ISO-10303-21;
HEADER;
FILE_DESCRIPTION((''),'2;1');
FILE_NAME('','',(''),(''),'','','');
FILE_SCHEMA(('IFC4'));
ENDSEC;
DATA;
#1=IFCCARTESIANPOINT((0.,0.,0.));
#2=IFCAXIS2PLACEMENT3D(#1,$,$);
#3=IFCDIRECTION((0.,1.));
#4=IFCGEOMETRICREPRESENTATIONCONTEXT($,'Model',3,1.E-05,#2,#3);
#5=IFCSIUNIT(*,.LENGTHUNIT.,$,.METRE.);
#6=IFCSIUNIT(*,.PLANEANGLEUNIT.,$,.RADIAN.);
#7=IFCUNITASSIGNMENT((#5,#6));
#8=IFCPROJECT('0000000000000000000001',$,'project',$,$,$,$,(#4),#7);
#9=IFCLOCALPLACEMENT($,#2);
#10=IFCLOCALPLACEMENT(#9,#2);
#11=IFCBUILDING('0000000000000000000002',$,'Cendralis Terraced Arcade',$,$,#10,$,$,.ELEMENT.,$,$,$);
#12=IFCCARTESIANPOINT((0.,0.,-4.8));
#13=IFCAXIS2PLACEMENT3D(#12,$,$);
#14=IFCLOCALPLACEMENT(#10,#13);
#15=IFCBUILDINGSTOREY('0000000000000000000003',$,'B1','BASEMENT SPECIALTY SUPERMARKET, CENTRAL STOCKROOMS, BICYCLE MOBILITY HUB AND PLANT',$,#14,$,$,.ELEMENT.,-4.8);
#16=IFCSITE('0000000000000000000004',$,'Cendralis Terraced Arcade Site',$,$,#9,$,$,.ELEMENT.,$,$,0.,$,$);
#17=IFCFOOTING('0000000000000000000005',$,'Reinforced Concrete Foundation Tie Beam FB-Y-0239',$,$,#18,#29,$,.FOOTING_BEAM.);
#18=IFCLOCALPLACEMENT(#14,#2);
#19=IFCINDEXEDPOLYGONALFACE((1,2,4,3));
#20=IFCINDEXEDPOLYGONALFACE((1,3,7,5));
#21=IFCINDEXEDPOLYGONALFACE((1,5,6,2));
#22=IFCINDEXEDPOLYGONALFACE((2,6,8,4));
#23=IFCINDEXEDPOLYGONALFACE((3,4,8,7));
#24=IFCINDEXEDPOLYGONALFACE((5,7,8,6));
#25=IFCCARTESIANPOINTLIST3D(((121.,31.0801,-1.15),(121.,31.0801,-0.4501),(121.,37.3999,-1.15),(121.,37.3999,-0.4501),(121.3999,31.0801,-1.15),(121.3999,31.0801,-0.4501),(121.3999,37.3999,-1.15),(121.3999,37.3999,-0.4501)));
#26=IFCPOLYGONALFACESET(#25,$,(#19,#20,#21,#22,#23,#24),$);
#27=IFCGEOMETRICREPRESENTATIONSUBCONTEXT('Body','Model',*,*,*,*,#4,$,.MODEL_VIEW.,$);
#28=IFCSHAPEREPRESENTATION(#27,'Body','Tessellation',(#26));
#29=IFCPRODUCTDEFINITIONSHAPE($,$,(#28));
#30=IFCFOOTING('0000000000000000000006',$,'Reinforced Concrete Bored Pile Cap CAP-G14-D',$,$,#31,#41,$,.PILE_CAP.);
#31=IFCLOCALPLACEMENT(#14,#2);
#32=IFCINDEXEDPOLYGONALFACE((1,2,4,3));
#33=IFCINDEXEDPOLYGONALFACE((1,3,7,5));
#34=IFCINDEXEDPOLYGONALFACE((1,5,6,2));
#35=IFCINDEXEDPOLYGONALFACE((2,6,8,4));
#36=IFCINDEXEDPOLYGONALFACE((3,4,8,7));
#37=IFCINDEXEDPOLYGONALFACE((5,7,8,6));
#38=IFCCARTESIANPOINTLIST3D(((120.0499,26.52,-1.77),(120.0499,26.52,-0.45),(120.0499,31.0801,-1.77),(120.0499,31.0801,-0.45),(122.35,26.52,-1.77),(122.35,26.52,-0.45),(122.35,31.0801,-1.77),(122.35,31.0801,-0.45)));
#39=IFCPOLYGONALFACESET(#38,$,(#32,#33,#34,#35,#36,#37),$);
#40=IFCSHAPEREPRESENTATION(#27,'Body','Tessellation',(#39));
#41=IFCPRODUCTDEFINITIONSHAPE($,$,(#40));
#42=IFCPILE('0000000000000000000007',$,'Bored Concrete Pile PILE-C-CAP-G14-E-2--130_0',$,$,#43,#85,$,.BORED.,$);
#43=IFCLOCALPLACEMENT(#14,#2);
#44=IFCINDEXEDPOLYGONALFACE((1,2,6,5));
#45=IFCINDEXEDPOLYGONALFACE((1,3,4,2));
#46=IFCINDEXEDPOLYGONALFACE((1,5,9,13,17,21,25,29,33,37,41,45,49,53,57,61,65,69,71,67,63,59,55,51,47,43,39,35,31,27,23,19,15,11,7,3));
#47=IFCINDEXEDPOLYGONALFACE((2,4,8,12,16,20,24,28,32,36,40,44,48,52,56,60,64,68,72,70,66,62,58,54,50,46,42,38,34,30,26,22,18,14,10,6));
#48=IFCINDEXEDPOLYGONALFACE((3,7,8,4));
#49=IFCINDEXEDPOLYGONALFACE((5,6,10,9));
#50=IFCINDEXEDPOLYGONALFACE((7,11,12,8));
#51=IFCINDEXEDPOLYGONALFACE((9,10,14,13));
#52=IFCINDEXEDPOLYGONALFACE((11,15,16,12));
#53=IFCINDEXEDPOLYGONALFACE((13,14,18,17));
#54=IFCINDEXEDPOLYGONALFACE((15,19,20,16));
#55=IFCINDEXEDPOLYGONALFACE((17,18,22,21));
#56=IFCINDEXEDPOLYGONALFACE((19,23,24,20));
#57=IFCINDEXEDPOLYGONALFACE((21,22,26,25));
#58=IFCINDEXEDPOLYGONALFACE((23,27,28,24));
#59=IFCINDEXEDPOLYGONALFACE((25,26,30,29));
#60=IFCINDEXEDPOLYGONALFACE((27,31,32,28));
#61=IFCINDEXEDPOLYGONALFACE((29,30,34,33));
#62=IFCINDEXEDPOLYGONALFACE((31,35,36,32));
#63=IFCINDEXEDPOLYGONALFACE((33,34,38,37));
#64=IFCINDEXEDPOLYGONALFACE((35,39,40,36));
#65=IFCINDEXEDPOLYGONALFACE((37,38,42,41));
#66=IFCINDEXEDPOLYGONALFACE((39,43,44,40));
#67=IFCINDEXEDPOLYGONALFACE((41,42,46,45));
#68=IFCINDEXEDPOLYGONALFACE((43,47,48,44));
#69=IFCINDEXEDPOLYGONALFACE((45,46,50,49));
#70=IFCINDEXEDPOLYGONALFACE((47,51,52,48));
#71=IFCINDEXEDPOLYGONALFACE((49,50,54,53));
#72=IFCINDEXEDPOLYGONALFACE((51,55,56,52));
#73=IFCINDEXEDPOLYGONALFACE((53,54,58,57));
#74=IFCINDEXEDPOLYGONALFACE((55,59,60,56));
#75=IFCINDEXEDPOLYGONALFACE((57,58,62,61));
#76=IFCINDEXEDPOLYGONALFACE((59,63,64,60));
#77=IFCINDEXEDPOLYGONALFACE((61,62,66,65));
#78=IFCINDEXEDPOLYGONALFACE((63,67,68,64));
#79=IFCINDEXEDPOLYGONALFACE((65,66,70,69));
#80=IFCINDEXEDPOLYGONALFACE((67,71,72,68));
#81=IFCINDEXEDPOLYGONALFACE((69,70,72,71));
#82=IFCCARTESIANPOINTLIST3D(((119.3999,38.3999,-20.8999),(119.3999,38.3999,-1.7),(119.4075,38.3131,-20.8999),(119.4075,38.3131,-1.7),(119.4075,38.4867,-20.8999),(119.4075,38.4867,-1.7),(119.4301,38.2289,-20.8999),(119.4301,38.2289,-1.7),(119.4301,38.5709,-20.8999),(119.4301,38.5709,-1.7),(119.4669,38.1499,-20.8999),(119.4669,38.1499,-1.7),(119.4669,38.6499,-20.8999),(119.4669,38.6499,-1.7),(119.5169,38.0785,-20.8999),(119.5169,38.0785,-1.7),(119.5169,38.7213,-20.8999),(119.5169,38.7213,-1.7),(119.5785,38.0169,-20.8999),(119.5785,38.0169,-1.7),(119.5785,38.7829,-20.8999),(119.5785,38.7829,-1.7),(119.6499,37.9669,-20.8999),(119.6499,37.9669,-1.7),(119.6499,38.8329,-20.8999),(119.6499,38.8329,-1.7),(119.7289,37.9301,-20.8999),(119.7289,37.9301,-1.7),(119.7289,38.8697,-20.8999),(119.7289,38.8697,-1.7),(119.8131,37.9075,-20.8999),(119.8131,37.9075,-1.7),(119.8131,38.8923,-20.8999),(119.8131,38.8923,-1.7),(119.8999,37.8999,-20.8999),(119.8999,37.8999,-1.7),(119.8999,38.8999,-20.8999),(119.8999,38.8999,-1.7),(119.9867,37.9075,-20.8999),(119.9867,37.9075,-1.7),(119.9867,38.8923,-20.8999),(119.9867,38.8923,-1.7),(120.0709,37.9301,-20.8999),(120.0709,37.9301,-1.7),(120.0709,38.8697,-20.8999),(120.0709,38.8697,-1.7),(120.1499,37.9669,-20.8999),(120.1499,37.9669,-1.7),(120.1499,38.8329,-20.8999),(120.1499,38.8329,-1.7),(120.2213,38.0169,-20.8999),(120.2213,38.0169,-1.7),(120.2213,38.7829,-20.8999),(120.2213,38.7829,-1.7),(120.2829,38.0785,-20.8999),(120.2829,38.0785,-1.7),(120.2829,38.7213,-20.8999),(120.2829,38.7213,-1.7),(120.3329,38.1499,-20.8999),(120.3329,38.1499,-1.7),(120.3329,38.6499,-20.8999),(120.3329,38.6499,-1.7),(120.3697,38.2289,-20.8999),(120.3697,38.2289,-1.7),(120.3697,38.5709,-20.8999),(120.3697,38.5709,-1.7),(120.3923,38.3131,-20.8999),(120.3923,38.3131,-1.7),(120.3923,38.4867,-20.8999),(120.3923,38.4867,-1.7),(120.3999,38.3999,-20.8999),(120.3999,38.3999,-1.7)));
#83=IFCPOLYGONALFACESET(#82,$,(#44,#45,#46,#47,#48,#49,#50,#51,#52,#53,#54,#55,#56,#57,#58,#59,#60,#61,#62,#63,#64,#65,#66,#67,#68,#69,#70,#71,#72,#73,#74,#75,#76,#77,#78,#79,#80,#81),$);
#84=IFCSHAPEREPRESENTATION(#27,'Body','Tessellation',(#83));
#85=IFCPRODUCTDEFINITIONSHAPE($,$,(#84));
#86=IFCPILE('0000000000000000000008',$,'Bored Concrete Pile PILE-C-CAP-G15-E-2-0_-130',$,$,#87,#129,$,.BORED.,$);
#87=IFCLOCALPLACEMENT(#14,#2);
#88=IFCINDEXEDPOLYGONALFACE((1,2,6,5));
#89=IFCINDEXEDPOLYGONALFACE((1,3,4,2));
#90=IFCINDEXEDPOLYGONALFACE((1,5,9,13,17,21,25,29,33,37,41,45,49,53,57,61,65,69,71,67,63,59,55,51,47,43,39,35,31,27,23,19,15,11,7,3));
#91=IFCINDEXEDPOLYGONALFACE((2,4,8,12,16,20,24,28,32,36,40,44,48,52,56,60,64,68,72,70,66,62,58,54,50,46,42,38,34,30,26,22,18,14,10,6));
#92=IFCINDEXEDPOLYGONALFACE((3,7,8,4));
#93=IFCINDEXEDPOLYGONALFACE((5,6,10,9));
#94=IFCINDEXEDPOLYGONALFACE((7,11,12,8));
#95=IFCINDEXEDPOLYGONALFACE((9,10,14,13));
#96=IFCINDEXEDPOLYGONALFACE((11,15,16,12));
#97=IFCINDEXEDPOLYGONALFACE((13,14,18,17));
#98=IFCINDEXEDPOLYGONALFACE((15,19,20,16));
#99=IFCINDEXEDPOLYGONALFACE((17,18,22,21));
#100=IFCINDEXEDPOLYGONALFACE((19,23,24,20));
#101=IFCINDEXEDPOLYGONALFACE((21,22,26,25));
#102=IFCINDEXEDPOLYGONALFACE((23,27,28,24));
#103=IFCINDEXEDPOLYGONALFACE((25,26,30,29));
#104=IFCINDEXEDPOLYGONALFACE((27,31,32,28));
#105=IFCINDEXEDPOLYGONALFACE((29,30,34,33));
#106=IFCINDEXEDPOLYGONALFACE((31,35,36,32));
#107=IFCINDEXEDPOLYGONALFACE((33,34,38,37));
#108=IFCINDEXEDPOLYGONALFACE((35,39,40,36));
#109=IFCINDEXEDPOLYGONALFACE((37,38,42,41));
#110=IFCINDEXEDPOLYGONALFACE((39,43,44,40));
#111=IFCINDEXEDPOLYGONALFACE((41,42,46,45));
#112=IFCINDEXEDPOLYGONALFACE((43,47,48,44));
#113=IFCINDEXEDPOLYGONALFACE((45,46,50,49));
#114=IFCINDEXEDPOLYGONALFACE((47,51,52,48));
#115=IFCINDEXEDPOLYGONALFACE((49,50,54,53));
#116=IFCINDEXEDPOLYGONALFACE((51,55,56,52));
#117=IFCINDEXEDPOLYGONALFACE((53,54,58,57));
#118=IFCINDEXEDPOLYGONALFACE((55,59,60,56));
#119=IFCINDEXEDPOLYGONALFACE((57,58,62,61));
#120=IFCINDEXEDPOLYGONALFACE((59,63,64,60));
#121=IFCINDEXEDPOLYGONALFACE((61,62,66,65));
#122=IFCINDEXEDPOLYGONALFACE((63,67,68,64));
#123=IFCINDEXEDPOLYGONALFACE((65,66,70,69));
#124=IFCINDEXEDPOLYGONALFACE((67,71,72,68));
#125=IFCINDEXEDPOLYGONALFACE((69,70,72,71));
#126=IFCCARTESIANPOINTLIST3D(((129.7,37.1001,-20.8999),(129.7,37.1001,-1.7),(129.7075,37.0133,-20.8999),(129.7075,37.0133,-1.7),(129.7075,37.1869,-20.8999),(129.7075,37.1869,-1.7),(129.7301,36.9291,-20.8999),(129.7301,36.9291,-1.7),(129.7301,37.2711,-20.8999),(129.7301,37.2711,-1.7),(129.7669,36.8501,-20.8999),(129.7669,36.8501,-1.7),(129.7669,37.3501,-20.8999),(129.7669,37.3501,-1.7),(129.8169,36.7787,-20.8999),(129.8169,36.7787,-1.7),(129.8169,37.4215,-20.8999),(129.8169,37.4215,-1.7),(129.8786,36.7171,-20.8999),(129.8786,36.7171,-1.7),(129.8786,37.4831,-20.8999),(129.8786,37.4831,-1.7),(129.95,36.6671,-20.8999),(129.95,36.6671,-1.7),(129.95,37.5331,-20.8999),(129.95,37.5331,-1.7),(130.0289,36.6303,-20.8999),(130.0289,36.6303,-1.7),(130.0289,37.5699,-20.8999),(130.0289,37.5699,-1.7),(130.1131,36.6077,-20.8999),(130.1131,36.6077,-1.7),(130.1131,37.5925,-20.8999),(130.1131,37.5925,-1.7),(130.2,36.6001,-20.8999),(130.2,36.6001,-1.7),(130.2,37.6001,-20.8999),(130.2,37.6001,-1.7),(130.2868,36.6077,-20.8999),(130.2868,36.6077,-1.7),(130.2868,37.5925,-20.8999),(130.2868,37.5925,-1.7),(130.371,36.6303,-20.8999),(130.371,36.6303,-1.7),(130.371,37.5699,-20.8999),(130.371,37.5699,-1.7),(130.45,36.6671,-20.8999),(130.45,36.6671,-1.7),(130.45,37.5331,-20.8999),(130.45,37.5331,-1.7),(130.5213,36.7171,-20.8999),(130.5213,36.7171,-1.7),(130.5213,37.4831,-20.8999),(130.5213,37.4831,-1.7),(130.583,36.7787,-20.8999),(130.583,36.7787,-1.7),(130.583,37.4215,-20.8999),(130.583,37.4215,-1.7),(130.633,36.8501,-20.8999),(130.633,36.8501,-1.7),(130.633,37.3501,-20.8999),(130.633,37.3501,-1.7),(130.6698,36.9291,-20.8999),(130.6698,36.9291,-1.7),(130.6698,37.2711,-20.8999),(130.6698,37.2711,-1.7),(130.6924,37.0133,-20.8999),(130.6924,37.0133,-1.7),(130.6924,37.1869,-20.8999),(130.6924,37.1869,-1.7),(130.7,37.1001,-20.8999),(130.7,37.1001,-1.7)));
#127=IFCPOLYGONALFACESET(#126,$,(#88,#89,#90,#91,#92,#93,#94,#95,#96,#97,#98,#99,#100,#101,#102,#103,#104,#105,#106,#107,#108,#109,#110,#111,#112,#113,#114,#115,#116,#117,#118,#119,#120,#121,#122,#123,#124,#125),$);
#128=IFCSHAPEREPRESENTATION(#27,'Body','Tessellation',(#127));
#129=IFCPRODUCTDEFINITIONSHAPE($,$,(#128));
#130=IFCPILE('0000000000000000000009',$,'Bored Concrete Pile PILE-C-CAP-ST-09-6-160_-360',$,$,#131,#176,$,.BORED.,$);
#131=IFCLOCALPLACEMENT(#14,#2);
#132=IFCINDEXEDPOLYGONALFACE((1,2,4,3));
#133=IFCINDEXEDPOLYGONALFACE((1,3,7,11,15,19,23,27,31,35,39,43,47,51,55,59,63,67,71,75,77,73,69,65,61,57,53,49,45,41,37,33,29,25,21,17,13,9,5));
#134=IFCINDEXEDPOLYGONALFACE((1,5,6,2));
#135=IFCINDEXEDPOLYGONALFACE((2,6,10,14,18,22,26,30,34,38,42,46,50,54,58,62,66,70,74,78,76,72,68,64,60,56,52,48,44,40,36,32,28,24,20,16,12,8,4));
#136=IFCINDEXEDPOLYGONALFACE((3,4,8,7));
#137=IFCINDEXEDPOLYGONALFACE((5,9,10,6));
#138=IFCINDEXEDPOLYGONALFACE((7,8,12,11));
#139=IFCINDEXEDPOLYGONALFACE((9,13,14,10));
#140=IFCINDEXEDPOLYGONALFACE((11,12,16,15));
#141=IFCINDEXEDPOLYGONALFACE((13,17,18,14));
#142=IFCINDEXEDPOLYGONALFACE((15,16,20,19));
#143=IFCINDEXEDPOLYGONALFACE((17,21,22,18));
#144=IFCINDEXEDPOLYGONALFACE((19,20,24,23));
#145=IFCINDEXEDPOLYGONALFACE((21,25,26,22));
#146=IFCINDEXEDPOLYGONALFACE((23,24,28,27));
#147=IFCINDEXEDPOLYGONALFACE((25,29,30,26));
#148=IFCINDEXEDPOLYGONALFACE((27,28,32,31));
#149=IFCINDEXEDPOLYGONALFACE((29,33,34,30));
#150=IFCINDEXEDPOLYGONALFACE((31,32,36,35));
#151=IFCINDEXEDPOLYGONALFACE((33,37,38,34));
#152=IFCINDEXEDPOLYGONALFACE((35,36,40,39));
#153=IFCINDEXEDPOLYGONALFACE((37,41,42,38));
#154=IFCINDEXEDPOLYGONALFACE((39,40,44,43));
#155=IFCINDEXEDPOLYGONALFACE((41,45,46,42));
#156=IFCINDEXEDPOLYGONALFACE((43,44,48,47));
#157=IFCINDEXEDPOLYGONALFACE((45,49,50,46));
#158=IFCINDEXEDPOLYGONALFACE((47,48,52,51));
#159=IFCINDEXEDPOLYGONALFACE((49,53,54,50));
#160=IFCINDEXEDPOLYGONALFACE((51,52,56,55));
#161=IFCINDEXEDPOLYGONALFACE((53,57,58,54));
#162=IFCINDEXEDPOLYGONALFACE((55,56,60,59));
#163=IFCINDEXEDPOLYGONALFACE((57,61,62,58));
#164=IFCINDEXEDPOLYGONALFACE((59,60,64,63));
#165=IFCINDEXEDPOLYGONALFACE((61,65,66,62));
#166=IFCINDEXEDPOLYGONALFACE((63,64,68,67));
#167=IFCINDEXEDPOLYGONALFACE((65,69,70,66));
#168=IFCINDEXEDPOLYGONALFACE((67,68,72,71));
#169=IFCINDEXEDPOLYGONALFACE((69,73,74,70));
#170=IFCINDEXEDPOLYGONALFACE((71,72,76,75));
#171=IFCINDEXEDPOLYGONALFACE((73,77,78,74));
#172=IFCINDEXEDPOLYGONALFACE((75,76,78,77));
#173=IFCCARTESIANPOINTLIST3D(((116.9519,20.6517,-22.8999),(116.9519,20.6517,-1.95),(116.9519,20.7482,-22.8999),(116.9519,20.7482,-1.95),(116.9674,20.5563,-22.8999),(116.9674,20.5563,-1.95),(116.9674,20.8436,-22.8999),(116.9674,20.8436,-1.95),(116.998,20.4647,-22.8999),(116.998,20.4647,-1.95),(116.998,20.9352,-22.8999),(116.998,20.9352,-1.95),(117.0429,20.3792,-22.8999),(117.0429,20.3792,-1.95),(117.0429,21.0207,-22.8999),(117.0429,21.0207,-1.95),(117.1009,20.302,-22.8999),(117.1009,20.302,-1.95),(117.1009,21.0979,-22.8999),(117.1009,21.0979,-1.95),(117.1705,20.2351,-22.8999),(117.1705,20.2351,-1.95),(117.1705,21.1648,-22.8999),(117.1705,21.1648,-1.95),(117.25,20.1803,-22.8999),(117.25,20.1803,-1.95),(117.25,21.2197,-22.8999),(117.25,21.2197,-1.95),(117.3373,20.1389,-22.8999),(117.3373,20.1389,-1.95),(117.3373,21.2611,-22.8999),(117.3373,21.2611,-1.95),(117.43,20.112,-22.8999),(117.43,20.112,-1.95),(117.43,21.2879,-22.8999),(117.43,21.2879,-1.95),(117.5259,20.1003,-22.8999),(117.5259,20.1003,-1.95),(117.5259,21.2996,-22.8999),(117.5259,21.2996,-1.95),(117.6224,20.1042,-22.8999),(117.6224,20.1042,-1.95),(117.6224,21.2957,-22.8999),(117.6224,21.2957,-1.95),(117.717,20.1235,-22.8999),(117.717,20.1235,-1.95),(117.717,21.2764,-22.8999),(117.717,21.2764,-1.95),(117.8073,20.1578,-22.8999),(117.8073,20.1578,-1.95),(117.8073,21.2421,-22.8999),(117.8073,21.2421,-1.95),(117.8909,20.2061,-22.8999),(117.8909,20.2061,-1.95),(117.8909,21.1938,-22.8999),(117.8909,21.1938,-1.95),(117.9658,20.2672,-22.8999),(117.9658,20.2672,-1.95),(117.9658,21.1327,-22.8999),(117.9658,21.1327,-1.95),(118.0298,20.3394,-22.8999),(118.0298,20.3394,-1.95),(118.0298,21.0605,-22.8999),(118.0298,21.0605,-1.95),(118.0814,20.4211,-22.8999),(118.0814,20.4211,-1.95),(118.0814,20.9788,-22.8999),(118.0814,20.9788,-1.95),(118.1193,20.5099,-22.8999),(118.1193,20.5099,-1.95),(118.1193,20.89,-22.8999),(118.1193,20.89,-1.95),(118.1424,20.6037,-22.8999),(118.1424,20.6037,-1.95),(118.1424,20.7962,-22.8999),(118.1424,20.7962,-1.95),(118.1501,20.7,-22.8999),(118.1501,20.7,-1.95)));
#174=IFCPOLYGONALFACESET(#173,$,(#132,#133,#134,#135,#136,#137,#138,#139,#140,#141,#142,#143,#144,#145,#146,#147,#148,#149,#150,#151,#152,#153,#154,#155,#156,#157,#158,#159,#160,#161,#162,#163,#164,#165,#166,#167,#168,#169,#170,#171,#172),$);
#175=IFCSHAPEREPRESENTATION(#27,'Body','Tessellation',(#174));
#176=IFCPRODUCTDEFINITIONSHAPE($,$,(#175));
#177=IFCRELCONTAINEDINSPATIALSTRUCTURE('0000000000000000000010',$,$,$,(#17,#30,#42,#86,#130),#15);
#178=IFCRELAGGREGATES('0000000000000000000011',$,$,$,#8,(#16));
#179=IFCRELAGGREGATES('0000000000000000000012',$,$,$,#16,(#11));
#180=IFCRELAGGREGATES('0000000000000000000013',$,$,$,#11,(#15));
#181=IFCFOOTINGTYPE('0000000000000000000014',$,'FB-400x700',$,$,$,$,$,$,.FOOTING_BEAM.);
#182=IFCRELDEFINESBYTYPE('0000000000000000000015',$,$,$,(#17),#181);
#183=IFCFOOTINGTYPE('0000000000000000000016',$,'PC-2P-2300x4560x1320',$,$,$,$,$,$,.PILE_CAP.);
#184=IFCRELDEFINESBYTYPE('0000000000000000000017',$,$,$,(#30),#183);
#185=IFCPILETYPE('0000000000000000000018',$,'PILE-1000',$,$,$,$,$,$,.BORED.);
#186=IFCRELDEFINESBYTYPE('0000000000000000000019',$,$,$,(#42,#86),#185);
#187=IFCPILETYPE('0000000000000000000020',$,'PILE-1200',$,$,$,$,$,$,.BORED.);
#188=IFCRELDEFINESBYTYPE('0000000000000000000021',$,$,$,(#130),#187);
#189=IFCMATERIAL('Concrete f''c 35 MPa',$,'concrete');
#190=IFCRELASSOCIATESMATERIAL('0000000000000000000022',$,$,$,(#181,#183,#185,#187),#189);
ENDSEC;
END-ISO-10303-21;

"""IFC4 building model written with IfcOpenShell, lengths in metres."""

from ifc_helpers import new_model, si_unit, direction, frame, origin, origin_2d, place, context, subcontext, project, spatial, rectangle, circle, extrude, material, material_profile, profile_set, type_object, element, save


model = new_model("IFC4")

# Units and contexts
model_context = context("Model", 3, precision=1e-05, world=origin(), true_north=direction((0.0, 1.0)))
body_context = subcontext(model_context, "Body", "Model", "MODEL_VIEW")
ifc_project = project(units=[si_unit("LENGTHUNIT", "METRE"), si_unit("PLANEANGLEUNIT", "RADIAN")], contexts=[model_context])

# Site, building, storey
site_placement = place(None, origin())
site = spatial("IfcSite", under=ifc_project, at=site_placement, Name="Cendralis Terraced Arcade Site", CompositionType="ELEMENT", RefElevation=0.0)
building_placement = place(site_placement, origin())
building = spatial("IfcBuilding", under=site, at=building_placement, Name="Cendralis Terraced Arcade", CompositionType="ELEMENT")
storey_placement = place(building_placement, frame((0.0, 0.0, -4.8)))
storey = spatial("IfcBuildingStorey", under=building, at=storey_placement, Name="B1", Description="BASEMENT SPECIALTY SUPERMARKET, CENTRAL STOCKROOMS, BICYCLE MOBILITY HUB AND PLANT", CompositionType="ELEMENT", Elevation=-4.8)

# Footings
ifc_material_1 = material(Name="Concrete f'c 35 MPa", Category="concrete")
ifc_material_profile_1 = material_profile(ifc_material_1, rectangle(XDim=0.3999, YDim=0.7, at=origin_2d()), Name="FB-400x700", Category="LoadBearing")
ifc_profile_set_1 = profile_set([ifc_material_profile_1], Name="Concrete f'c 35 MPa")
footing_type_1 = type_object("IfcFootingType", Name="FB-400x700", PredefinedType="FOOTING_BEAM", material=ifc_profile_set_1)
footing_1_placement = place(storey_placement, frame((121.2, 31.0801, -0.8), z_axis=(0.0, 1.0, 0.0), x_axis=(-1.0, 0.0, 0.0)))
element("IfcFooting", 1, at=footing_1_placement, inside=storey, type_object=footing_type_1, Name="Reinforced Concrete Foundation Tie Beam FB-Y-0239", PredefinedType="FOOTING_BEAM", context=body_context, shape_type="SweptSolid", body=[
    extrude(rectangle(XDim=0.3999, YDim=0.7, at=origin_2d()), origin(), (0.0, 0.0, 1.0), 6.3198),
])
footing_type_2 = type_object("IfcFootingType", Name="PC-2P-2300x4560x1320", PredefinedType="PILE_CAP", material=ifc_material_1)
footing_2_placement = place(storey_placement, frame((121.2, 28.8, -1.77), z_axis=(0.0, 0.0, 1.0), x_axis=(1.0, 0.0, 0.0)))
element("IfcFooting", 2, at=footing_2_placement, inside=storey, type_object=footing_type_2, Name="Reinforced Concrete Bored Pile Cap CAP-G14-D", PredefinedType="PILE_CAP", context=body_context, shape_type="SweptSolid", body=[
    extrude(rectangle(XDim=2.3, YDim=4.5601, at=origin_2d()), origin(), (0.0, 0.0, 1.0), 1.3201),
])

# Piles
ifc_material_profile_2 = material_profile(ifc_material_1, circle(Radius=0.5, at=origin_2d()), Name="PILE-D1000", Category="LoadBearing")
ifc_profile_set_2 = profile_set([ifc_material_profile_2], Name="Concrete f'c 35 MPa")
pile_type_1 = type_object("IfcPileType", Name="PILE-1000", PredefinedType="BORED", material=ifc_profile_set_2)
for number, where, z_axis, x_axis, name in (
    (3, (119.8999, 38.3999, -1.7), (0.0, 0.0, -1.0), (1.0, 0.0, 0.0), "Bored Concrete Pile PILE-C-CAP-G14-E-2--130_0"),
    (4, (130.2, 37.1001, -1.7), (0.0, 0.0, -1.0), (1.0, 0.0, 0.0), "Bored Concrete Pile PILE-C-CAP-G15-E-2-0_-130"),
):
    element("IfcPile", number, at=place(storey_placement, frame(where, z_axis=z_axis, x_axis=x_axis)), inside=storey, type_object=pile_type_1, Name=name, PredefinedType="BORED", context=body_context, shape_type="SweptSolid", body=[
        extrude(circle(Radius=0.5, at=origin_2d()), origin(), (0.0, 0.0, 1.0), 19.2),
    ])
ifc_material_profile_3 = material_profile(ifc_material_1, circle(Radius=0.6001, at=origin_2d()), Name="PILE-D1200", Category="LoadBearing")
ifc_profile_set_3 = profile_set([ifc_material_profile_3], Name="Concrete f'c 35 MPa")
pile_type_2 = type_object("IfcPileType", Name="PILE-1200", PredefinedType="BORED", material=ifc_profile_set_3)
for number, where, z_axis, x_axis, name in (
    (5, (117.55, 20.7, -1.95), (0.0, 0.0, -1.0), (1.0, 0.0, 0.0), "Bored Concrete Pile PILE-C-CAP-ST-09-6-160_-360"),
):
    element("IfcPile", number, at=place(storey_placement, frame(where, z_axis=z_axis, x_axis=x_axis)), inside=storey, type_object=pile_type_2, Name=name, PredefinedType="BORED", context=body_context, shape_type="SweptSolid", body=[
        extrude(circle(Radius=0.6001, at=origin_2d()), origin(), (0.0, 0.0, 1.0), 20.95),
    ])

save(model, "model.ifc")
